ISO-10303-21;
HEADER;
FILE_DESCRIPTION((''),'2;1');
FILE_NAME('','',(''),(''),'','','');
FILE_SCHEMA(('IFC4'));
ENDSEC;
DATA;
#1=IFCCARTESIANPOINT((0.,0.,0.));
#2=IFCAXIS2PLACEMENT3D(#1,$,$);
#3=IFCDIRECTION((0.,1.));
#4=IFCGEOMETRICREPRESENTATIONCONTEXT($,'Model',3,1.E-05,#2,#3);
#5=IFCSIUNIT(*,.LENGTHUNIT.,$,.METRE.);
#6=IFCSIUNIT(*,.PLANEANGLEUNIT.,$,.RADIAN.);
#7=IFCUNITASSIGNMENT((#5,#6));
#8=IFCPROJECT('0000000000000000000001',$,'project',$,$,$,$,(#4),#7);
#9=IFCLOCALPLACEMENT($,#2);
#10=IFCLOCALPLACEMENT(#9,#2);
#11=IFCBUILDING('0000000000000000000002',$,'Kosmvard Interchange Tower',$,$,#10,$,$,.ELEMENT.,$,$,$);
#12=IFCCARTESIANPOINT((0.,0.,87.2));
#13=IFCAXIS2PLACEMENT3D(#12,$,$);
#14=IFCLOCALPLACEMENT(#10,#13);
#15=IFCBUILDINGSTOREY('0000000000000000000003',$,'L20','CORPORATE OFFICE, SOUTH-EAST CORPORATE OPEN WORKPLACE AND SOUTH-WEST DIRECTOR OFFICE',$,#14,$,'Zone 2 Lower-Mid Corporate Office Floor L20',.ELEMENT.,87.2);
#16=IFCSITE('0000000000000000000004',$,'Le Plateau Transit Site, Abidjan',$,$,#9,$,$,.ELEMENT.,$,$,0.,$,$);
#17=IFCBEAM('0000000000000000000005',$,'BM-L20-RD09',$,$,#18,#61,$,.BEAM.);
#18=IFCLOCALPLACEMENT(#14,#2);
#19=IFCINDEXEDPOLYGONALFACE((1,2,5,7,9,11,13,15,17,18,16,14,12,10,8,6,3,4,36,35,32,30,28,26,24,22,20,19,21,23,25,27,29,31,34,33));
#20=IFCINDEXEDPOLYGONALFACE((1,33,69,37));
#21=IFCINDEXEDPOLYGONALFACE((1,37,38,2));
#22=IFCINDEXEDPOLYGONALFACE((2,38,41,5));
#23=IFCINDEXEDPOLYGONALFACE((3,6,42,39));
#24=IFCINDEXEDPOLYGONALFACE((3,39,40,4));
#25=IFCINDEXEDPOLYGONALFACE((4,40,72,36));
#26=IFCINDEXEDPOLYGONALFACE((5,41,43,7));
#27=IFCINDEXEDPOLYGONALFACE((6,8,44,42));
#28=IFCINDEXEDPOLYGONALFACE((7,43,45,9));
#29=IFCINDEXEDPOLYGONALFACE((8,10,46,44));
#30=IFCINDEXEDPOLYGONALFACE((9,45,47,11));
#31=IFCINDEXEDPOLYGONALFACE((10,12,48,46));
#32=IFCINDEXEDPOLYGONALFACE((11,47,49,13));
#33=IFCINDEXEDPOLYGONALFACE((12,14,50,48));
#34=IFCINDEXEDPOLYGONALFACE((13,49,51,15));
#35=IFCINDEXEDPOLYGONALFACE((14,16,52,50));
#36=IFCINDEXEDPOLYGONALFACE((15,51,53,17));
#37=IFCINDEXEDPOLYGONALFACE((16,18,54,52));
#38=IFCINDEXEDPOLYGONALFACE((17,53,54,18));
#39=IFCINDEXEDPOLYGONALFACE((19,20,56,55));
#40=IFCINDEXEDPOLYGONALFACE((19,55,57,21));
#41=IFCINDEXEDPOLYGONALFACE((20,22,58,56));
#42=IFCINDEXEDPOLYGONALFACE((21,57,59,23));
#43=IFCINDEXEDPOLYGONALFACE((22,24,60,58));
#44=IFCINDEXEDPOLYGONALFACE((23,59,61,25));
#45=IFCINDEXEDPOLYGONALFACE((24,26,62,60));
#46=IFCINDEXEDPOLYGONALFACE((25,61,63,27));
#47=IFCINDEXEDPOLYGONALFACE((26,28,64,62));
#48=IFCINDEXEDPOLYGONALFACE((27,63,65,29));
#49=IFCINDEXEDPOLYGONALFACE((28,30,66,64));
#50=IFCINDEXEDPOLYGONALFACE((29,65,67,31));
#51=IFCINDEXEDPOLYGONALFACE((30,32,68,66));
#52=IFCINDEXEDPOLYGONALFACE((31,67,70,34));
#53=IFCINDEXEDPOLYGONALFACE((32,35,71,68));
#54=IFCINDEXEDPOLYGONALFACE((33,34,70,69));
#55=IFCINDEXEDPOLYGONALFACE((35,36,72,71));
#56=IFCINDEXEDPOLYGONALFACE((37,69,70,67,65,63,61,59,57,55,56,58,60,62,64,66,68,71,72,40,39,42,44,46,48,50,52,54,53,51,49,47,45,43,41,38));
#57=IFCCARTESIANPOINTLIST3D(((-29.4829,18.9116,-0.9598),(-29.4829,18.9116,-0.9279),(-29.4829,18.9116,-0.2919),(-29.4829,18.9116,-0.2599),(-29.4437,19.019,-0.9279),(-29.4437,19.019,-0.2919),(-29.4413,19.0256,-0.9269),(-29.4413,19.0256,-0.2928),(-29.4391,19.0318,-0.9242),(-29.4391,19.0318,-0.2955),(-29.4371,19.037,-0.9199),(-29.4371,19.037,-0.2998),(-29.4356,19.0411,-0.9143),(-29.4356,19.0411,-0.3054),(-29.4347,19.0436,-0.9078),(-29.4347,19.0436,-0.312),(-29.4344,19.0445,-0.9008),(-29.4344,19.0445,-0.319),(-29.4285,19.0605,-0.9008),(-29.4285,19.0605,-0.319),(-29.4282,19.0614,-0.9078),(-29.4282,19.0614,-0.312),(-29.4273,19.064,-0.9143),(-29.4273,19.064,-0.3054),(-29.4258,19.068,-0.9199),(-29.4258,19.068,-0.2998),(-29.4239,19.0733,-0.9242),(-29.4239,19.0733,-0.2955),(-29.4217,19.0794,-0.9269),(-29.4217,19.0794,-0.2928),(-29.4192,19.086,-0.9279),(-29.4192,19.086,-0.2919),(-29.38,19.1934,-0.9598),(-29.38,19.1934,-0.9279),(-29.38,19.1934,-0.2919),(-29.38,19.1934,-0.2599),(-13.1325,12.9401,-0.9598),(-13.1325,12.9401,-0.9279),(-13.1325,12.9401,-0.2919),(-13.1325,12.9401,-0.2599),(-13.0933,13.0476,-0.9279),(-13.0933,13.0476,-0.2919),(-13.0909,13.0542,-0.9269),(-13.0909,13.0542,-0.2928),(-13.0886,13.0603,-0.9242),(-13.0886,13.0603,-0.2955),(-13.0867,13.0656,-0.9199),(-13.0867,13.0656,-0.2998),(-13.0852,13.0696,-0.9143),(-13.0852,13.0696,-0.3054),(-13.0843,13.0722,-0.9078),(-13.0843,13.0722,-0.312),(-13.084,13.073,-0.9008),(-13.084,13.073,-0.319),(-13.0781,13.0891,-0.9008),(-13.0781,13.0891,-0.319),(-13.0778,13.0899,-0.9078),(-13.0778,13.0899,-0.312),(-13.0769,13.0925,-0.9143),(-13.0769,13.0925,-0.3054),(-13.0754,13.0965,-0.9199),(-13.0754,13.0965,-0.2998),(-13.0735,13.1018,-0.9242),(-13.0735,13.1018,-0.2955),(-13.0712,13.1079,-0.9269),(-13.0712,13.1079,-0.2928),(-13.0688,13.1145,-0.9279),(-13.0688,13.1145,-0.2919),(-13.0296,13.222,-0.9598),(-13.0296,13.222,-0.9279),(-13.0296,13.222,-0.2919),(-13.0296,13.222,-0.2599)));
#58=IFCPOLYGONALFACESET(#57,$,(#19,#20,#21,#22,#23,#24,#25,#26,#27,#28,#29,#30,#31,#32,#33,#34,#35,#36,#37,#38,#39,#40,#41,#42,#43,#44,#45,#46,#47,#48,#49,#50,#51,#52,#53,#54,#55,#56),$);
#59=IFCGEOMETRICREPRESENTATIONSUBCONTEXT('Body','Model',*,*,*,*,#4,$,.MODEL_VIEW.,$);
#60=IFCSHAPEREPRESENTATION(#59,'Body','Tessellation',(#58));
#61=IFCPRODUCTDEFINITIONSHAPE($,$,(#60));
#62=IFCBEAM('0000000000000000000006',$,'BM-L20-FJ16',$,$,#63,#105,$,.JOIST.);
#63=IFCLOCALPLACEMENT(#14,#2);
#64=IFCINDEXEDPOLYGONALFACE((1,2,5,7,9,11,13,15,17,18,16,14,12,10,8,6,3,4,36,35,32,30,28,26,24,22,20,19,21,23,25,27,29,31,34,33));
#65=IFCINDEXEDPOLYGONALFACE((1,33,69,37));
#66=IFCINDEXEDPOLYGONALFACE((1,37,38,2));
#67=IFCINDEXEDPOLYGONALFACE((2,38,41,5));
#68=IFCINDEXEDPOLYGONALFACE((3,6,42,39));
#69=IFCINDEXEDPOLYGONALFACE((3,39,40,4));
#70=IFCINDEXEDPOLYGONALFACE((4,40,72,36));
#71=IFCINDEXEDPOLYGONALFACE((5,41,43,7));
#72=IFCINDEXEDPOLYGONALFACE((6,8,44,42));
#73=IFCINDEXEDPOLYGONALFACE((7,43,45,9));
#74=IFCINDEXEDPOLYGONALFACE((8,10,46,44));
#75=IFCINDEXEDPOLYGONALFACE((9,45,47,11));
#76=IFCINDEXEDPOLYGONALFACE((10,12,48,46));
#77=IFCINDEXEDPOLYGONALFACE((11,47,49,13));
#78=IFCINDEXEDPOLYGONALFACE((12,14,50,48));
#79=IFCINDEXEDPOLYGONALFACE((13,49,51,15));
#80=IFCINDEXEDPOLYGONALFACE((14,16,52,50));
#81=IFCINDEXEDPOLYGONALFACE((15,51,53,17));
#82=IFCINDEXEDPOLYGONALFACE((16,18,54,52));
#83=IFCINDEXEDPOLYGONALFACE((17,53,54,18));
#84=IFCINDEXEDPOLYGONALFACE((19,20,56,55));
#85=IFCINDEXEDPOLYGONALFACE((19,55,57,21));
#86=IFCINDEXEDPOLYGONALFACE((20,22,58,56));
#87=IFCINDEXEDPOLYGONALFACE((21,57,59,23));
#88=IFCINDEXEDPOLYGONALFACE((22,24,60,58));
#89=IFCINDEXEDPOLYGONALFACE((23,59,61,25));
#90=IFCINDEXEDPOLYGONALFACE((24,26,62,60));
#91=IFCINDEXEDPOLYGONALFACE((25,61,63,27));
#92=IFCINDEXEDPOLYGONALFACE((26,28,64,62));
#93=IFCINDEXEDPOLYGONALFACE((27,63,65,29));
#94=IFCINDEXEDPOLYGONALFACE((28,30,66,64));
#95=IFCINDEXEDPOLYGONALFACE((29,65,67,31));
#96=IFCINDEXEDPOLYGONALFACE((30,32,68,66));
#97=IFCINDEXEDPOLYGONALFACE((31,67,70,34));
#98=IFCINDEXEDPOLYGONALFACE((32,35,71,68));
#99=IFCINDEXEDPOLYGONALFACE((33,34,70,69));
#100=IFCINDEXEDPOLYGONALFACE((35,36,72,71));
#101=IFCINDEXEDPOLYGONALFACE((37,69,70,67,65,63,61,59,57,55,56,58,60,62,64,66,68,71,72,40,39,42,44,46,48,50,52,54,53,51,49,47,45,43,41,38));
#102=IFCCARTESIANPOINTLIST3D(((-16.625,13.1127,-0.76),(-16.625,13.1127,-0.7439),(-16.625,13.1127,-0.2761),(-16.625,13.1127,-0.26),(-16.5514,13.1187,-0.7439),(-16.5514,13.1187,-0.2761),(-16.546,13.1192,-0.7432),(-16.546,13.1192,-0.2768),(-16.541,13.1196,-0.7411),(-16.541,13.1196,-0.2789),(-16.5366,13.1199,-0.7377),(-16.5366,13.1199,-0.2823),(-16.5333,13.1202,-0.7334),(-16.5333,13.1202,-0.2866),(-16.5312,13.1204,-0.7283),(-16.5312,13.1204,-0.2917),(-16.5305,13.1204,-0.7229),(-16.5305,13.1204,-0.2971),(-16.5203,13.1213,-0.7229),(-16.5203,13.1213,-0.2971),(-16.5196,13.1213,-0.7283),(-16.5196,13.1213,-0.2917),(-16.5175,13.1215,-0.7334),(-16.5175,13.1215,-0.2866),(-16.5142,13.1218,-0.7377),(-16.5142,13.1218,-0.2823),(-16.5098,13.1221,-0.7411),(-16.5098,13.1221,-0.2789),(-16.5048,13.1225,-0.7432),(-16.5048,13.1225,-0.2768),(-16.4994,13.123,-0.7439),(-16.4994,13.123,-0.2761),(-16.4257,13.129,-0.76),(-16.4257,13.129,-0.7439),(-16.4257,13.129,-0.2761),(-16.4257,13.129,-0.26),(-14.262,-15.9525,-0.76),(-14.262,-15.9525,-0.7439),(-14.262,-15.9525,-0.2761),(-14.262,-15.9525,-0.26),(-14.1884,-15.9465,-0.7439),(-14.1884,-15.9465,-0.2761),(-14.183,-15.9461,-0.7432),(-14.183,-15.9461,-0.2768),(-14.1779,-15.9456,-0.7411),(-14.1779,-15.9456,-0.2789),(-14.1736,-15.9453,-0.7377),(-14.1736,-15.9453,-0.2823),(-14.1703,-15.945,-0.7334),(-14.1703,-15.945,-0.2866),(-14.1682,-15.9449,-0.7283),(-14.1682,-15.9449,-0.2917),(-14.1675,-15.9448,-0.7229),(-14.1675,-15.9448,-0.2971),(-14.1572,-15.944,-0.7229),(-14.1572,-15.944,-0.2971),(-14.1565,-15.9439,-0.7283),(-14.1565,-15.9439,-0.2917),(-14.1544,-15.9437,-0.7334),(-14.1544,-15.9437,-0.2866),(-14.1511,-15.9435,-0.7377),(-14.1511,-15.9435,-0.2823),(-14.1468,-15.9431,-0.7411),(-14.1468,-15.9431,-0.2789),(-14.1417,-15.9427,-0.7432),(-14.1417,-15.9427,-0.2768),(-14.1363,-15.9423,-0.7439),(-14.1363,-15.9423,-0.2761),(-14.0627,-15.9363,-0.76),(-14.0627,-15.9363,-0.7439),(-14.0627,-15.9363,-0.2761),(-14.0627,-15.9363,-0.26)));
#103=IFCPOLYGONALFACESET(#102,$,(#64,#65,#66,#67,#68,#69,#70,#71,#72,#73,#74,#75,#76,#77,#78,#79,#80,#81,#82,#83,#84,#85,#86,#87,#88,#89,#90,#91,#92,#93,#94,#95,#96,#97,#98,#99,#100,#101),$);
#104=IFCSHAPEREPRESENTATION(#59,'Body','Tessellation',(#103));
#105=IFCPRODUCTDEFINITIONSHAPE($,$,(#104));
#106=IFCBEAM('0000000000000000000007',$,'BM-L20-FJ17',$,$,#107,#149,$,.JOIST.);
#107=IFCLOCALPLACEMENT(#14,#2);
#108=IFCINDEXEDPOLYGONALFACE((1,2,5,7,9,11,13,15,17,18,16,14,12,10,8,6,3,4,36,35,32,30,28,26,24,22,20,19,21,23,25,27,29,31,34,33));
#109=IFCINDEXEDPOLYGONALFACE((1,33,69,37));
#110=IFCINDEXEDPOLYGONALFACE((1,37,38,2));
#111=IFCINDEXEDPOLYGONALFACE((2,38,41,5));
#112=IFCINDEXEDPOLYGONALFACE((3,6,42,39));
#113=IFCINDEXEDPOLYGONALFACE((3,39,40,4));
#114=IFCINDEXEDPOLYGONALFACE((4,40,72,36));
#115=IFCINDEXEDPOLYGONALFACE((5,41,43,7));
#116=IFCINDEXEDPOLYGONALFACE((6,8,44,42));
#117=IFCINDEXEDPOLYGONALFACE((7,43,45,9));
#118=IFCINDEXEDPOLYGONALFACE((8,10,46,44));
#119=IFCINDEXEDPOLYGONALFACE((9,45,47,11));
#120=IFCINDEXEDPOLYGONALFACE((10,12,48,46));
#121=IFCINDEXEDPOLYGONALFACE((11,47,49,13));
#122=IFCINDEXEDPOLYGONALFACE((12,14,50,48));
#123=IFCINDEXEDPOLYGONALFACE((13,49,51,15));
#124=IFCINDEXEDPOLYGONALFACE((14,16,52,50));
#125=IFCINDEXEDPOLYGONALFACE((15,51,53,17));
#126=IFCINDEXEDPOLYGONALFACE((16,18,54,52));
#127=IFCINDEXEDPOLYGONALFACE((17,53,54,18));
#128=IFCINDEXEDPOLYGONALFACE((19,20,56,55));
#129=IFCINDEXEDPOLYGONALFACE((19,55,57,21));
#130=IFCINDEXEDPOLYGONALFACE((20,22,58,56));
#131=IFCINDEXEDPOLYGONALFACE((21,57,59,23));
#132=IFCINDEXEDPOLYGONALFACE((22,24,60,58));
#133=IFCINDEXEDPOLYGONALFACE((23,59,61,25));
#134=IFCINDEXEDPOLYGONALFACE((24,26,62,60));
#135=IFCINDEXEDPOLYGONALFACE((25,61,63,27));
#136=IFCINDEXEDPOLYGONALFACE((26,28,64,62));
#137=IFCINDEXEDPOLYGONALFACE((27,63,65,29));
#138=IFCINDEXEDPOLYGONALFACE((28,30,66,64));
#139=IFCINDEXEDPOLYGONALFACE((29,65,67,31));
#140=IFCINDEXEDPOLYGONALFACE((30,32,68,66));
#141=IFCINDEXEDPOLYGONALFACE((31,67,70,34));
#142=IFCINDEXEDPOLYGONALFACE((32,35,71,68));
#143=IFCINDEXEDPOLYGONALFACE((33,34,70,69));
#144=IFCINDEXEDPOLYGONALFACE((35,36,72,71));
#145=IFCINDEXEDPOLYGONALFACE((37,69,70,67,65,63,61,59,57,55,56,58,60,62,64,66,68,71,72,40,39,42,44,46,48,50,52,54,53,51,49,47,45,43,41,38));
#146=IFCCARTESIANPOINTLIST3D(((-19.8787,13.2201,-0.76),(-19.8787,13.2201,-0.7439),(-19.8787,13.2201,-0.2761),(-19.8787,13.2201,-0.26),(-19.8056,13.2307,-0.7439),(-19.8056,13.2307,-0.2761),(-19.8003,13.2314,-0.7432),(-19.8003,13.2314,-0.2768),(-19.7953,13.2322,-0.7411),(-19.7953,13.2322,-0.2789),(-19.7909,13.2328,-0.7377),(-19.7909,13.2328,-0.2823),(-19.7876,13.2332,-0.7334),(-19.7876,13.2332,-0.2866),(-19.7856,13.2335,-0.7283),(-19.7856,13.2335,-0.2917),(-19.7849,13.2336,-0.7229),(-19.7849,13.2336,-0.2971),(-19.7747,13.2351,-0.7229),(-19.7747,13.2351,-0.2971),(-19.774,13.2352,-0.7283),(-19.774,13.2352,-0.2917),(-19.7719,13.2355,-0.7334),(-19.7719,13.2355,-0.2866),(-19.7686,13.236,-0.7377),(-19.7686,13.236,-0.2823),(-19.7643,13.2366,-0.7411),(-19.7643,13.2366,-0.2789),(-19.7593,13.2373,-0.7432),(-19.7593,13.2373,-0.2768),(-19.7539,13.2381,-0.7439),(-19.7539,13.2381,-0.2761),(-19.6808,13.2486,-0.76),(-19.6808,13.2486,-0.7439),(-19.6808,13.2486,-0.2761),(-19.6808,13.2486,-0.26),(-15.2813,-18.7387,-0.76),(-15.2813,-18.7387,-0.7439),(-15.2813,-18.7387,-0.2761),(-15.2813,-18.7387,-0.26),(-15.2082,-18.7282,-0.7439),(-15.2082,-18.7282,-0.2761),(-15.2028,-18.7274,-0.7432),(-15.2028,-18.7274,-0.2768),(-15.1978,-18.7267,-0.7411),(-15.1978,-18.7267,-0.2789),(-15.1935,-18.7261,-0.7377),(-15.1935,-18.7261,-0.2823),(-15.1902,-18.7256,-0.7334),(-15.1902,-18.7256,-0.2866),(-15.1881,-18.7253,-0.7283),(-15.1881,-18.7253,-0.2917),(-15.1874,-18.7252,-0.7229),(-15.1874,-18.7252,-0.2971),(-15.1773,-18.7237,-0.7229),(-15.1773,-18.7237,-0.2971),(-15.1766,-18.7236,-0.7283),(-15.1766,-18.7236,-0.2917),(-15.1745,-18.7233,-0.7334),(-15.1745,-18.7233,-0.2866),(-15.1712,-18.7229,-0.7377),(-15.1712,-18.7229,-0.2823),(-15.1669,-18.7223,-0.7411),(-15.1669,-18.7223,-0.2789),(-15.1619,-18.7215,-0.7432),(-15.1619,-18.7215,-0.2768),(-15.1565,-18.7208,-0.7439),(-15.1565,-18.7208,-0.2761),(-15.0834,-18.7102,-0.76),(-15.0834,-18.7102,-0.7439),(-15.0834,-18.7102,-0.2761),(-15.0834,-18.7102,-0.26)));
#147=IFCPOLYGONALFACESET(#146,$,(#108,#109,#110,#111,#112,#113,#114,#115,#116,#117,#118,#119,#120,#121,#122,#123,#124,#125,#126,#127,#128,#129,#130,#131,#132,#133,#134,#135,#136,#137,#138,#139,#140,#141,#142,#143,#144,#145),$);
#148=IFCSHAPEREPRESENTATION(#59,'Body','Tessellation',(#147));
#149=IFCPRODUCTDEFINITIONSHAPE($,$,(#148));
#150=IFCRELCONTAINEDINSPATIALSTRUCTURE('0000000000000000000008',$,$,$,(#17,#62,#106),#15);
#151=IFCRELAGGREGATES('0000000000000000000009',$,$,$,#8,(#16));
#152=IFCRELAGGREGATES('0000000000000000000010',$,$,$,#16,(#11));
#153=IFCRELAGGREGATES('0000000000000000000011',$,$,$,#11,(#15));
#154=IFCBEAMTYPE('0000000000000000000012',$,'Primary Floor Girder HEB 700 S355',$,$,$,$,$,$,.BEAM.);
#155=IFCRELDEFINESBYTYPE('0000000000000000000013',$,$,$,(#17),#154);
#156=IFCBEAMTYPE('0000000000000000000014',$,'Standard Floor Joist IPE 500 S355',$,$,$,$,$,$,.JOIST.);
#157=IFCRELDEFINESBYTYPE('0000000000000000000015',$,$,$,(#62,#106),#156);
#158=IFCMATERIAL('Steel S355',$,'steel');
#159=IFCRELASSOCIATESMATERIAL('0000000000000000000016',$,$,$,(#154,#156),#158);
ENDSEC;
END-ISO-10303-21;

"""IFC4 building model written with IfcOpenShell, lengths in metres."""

from ifc_helpers import new_model, si_unit, direction, frame, origin, origin_2d, place, context, subcontext, project, spatial, i_section, extrude, source, transform, mapped, material, material_profile, profile_set, type_object, element, save


model = new_model("IFC4")

# Units and contexts
model_context = context("Model", 3, precision=1e-05, world=origin(), true_north=direction((0.0, 1.0)))
body_context = subcontext(model_context, "Body", "Model", "MODEL_VIEW")
ifc_project = project(units=[si_unit("LENGTHUNIT", "METRE"), si_unit("PLANEANGLEUNIT", "RADIAN")], contexts=[model_context])

# Site, building, storey
site_placement = place(None, origin())
site = spatial("IfcSite", under=ifc_project, at=site_placement, Name="Le Plateau Transit Site, Abidjan", CompositionType="ELEMENT", RefElevation=0.0)
building_placement = place(site_placement, origin())
building = spatial("IfcBuilding", under=site, at=building_placement, Name="Kosmvard Interchange Tower", CompositionType="ELEMENT")
storey_placement = place(building_placement, frame((0.0, 0.0, 87.2)))
storey = spatial("IfcBuildingStorey", under=building, at=storey_placement, Name="L20", Description="CORPORATE OFFICE, SOUTH-EAST CORPORATE OPEN WORKPLACE AND SOUTH-WEST DIRECTOR OFFICE", LongName="Zone 2 Lower-Mid Corporate Office Floor L20", CompositionType="ELEMENT", Elevation=87.2)

# Beams
ifc_material_1 = material(Name="Steel S355", Category="steel")
ifc_material_profile_1 = material_profile(ifc_material_1, i_section(OverallWidth=0.3, OverallDepth=0.7, WebThickness=0.0171, FlangeThickness=0.032, FilletRadius=0.0271, at=origin_2d()), Name="HEB 700")
ifc_profile_set_1 = profile_set([ifc_material_profile_1], Name="Steel S355")
beam_type_1 = type_object("IfcBeamType", Name="Primary Floor Girder HEB 700 S355", PredefinedType="BEAM", material=ifc_profile_set_1)
shared_shape_1 = source(origin(), body_context, "Body", "SweptSolid", [
    extrude(i_section(OverallWidth=0.3, OverallDepth=0.7, WebThickness=0.0171, FlangeThickness=0.032, FilletRadius=0.0271, at=origin_2d()), origin(), (0.0, 0.0, 1.0), 17.4067),
])
beam_1_placement = place(storey_placement, frame((-13.0811, 13.0811, -0.6099), z_axis=(-0.939315, 0.343055, 0.0), x_axis=(-0.343055, -0.939315, 0.0)))
element("IfcBeam", 1, at=beam_1_placement, inside=storey, type_object=beam_type_1, Name="BM-L20-RD09", PredefinedType="BEAM", context=body_context, shape_type="MappedRepresentation", body=[
    mapped(shared_shape_1, transform((0.0, 0.0, 0.0), scale=1.0)),
])
ifc_material_profile_2 = material_profile(ifc_material_1, i_section(OverallWidth=0.2, OverallDepth=0.5, WebThickness=0.0103, FlangeThickness=0.0161, FilletRadius=0.021, at=origin_2d()), Name="IPE 500")
ifc_profile_set_2 = profile_set([ifc_material_profile_2], Name="Steel S355")
beam_type_2 = type_object("IfcBeamType", Name="Standard Floor Joist IPE 500 S355", PredefinedType="JOIST", material=ifc_profile_set_2)
shared_shape_2 = source(origin(), body_context, "Body", "SweptSolid", [
    extrude(i_section(OverallWidth=0.2, OverallDepth=0.5, WebThickness=0.0103, FlangeThickness=0.0161, FilletRadius=0.021, at=origin_2d()), origin(), (0.0, 0.0, 1.0), 29.1611),
])
beam_2_placement = place(storey_placement, frame((-16.5254, 13.1208, -0.51), z_axis=(0.081034, -0.996711, 0.0), x_axis=(0.996711, 0.081034, 0.0)))
element("IfcBeam", 2, at=beam_2_placement, inside=storey, type_object=beam_type_2, Name="BM-L20-FJ16", PredefinedType="JOIST", context=body_context, shape_type="MappedRepresentation", body=[
    mapped(shared_shape_2, transform((0.0, 0.0, 0.0), scale=1.0)),
])
shared_shape_3 = source(origin(), body_context, "Body", "SweptSolid", [
    extrude(i_section(OverallWidth=0.2, OverallDepth=0.5, WebThickness=0.0103, FlangeThickness=0.0161, FilletRadius=0.021, at=origin_2d()), origin(), (0.0, 0.0, 1.0), 32.2878),
])
beam_3_placement = place(storey_placement, frame((-19.7798, 13.2344, -0.51), z_axis=(0.142389, -0.989811, 0.0), x_axis=(0.989811, 0.142389, 0.0)))
element("IfcBeam", 3, at=beam_3_placement, inside=storey, type_object=beam_type_2, Name="BM-L20-FJ17", PredefinedType="JOIST", context=body_context, shape_type="MappedRepresentation", body=[
    mapped(shared_shape_3, transform((0.0, 0.0, 0.0), scale=1.0)),
])

save(model, "model.ifc")
